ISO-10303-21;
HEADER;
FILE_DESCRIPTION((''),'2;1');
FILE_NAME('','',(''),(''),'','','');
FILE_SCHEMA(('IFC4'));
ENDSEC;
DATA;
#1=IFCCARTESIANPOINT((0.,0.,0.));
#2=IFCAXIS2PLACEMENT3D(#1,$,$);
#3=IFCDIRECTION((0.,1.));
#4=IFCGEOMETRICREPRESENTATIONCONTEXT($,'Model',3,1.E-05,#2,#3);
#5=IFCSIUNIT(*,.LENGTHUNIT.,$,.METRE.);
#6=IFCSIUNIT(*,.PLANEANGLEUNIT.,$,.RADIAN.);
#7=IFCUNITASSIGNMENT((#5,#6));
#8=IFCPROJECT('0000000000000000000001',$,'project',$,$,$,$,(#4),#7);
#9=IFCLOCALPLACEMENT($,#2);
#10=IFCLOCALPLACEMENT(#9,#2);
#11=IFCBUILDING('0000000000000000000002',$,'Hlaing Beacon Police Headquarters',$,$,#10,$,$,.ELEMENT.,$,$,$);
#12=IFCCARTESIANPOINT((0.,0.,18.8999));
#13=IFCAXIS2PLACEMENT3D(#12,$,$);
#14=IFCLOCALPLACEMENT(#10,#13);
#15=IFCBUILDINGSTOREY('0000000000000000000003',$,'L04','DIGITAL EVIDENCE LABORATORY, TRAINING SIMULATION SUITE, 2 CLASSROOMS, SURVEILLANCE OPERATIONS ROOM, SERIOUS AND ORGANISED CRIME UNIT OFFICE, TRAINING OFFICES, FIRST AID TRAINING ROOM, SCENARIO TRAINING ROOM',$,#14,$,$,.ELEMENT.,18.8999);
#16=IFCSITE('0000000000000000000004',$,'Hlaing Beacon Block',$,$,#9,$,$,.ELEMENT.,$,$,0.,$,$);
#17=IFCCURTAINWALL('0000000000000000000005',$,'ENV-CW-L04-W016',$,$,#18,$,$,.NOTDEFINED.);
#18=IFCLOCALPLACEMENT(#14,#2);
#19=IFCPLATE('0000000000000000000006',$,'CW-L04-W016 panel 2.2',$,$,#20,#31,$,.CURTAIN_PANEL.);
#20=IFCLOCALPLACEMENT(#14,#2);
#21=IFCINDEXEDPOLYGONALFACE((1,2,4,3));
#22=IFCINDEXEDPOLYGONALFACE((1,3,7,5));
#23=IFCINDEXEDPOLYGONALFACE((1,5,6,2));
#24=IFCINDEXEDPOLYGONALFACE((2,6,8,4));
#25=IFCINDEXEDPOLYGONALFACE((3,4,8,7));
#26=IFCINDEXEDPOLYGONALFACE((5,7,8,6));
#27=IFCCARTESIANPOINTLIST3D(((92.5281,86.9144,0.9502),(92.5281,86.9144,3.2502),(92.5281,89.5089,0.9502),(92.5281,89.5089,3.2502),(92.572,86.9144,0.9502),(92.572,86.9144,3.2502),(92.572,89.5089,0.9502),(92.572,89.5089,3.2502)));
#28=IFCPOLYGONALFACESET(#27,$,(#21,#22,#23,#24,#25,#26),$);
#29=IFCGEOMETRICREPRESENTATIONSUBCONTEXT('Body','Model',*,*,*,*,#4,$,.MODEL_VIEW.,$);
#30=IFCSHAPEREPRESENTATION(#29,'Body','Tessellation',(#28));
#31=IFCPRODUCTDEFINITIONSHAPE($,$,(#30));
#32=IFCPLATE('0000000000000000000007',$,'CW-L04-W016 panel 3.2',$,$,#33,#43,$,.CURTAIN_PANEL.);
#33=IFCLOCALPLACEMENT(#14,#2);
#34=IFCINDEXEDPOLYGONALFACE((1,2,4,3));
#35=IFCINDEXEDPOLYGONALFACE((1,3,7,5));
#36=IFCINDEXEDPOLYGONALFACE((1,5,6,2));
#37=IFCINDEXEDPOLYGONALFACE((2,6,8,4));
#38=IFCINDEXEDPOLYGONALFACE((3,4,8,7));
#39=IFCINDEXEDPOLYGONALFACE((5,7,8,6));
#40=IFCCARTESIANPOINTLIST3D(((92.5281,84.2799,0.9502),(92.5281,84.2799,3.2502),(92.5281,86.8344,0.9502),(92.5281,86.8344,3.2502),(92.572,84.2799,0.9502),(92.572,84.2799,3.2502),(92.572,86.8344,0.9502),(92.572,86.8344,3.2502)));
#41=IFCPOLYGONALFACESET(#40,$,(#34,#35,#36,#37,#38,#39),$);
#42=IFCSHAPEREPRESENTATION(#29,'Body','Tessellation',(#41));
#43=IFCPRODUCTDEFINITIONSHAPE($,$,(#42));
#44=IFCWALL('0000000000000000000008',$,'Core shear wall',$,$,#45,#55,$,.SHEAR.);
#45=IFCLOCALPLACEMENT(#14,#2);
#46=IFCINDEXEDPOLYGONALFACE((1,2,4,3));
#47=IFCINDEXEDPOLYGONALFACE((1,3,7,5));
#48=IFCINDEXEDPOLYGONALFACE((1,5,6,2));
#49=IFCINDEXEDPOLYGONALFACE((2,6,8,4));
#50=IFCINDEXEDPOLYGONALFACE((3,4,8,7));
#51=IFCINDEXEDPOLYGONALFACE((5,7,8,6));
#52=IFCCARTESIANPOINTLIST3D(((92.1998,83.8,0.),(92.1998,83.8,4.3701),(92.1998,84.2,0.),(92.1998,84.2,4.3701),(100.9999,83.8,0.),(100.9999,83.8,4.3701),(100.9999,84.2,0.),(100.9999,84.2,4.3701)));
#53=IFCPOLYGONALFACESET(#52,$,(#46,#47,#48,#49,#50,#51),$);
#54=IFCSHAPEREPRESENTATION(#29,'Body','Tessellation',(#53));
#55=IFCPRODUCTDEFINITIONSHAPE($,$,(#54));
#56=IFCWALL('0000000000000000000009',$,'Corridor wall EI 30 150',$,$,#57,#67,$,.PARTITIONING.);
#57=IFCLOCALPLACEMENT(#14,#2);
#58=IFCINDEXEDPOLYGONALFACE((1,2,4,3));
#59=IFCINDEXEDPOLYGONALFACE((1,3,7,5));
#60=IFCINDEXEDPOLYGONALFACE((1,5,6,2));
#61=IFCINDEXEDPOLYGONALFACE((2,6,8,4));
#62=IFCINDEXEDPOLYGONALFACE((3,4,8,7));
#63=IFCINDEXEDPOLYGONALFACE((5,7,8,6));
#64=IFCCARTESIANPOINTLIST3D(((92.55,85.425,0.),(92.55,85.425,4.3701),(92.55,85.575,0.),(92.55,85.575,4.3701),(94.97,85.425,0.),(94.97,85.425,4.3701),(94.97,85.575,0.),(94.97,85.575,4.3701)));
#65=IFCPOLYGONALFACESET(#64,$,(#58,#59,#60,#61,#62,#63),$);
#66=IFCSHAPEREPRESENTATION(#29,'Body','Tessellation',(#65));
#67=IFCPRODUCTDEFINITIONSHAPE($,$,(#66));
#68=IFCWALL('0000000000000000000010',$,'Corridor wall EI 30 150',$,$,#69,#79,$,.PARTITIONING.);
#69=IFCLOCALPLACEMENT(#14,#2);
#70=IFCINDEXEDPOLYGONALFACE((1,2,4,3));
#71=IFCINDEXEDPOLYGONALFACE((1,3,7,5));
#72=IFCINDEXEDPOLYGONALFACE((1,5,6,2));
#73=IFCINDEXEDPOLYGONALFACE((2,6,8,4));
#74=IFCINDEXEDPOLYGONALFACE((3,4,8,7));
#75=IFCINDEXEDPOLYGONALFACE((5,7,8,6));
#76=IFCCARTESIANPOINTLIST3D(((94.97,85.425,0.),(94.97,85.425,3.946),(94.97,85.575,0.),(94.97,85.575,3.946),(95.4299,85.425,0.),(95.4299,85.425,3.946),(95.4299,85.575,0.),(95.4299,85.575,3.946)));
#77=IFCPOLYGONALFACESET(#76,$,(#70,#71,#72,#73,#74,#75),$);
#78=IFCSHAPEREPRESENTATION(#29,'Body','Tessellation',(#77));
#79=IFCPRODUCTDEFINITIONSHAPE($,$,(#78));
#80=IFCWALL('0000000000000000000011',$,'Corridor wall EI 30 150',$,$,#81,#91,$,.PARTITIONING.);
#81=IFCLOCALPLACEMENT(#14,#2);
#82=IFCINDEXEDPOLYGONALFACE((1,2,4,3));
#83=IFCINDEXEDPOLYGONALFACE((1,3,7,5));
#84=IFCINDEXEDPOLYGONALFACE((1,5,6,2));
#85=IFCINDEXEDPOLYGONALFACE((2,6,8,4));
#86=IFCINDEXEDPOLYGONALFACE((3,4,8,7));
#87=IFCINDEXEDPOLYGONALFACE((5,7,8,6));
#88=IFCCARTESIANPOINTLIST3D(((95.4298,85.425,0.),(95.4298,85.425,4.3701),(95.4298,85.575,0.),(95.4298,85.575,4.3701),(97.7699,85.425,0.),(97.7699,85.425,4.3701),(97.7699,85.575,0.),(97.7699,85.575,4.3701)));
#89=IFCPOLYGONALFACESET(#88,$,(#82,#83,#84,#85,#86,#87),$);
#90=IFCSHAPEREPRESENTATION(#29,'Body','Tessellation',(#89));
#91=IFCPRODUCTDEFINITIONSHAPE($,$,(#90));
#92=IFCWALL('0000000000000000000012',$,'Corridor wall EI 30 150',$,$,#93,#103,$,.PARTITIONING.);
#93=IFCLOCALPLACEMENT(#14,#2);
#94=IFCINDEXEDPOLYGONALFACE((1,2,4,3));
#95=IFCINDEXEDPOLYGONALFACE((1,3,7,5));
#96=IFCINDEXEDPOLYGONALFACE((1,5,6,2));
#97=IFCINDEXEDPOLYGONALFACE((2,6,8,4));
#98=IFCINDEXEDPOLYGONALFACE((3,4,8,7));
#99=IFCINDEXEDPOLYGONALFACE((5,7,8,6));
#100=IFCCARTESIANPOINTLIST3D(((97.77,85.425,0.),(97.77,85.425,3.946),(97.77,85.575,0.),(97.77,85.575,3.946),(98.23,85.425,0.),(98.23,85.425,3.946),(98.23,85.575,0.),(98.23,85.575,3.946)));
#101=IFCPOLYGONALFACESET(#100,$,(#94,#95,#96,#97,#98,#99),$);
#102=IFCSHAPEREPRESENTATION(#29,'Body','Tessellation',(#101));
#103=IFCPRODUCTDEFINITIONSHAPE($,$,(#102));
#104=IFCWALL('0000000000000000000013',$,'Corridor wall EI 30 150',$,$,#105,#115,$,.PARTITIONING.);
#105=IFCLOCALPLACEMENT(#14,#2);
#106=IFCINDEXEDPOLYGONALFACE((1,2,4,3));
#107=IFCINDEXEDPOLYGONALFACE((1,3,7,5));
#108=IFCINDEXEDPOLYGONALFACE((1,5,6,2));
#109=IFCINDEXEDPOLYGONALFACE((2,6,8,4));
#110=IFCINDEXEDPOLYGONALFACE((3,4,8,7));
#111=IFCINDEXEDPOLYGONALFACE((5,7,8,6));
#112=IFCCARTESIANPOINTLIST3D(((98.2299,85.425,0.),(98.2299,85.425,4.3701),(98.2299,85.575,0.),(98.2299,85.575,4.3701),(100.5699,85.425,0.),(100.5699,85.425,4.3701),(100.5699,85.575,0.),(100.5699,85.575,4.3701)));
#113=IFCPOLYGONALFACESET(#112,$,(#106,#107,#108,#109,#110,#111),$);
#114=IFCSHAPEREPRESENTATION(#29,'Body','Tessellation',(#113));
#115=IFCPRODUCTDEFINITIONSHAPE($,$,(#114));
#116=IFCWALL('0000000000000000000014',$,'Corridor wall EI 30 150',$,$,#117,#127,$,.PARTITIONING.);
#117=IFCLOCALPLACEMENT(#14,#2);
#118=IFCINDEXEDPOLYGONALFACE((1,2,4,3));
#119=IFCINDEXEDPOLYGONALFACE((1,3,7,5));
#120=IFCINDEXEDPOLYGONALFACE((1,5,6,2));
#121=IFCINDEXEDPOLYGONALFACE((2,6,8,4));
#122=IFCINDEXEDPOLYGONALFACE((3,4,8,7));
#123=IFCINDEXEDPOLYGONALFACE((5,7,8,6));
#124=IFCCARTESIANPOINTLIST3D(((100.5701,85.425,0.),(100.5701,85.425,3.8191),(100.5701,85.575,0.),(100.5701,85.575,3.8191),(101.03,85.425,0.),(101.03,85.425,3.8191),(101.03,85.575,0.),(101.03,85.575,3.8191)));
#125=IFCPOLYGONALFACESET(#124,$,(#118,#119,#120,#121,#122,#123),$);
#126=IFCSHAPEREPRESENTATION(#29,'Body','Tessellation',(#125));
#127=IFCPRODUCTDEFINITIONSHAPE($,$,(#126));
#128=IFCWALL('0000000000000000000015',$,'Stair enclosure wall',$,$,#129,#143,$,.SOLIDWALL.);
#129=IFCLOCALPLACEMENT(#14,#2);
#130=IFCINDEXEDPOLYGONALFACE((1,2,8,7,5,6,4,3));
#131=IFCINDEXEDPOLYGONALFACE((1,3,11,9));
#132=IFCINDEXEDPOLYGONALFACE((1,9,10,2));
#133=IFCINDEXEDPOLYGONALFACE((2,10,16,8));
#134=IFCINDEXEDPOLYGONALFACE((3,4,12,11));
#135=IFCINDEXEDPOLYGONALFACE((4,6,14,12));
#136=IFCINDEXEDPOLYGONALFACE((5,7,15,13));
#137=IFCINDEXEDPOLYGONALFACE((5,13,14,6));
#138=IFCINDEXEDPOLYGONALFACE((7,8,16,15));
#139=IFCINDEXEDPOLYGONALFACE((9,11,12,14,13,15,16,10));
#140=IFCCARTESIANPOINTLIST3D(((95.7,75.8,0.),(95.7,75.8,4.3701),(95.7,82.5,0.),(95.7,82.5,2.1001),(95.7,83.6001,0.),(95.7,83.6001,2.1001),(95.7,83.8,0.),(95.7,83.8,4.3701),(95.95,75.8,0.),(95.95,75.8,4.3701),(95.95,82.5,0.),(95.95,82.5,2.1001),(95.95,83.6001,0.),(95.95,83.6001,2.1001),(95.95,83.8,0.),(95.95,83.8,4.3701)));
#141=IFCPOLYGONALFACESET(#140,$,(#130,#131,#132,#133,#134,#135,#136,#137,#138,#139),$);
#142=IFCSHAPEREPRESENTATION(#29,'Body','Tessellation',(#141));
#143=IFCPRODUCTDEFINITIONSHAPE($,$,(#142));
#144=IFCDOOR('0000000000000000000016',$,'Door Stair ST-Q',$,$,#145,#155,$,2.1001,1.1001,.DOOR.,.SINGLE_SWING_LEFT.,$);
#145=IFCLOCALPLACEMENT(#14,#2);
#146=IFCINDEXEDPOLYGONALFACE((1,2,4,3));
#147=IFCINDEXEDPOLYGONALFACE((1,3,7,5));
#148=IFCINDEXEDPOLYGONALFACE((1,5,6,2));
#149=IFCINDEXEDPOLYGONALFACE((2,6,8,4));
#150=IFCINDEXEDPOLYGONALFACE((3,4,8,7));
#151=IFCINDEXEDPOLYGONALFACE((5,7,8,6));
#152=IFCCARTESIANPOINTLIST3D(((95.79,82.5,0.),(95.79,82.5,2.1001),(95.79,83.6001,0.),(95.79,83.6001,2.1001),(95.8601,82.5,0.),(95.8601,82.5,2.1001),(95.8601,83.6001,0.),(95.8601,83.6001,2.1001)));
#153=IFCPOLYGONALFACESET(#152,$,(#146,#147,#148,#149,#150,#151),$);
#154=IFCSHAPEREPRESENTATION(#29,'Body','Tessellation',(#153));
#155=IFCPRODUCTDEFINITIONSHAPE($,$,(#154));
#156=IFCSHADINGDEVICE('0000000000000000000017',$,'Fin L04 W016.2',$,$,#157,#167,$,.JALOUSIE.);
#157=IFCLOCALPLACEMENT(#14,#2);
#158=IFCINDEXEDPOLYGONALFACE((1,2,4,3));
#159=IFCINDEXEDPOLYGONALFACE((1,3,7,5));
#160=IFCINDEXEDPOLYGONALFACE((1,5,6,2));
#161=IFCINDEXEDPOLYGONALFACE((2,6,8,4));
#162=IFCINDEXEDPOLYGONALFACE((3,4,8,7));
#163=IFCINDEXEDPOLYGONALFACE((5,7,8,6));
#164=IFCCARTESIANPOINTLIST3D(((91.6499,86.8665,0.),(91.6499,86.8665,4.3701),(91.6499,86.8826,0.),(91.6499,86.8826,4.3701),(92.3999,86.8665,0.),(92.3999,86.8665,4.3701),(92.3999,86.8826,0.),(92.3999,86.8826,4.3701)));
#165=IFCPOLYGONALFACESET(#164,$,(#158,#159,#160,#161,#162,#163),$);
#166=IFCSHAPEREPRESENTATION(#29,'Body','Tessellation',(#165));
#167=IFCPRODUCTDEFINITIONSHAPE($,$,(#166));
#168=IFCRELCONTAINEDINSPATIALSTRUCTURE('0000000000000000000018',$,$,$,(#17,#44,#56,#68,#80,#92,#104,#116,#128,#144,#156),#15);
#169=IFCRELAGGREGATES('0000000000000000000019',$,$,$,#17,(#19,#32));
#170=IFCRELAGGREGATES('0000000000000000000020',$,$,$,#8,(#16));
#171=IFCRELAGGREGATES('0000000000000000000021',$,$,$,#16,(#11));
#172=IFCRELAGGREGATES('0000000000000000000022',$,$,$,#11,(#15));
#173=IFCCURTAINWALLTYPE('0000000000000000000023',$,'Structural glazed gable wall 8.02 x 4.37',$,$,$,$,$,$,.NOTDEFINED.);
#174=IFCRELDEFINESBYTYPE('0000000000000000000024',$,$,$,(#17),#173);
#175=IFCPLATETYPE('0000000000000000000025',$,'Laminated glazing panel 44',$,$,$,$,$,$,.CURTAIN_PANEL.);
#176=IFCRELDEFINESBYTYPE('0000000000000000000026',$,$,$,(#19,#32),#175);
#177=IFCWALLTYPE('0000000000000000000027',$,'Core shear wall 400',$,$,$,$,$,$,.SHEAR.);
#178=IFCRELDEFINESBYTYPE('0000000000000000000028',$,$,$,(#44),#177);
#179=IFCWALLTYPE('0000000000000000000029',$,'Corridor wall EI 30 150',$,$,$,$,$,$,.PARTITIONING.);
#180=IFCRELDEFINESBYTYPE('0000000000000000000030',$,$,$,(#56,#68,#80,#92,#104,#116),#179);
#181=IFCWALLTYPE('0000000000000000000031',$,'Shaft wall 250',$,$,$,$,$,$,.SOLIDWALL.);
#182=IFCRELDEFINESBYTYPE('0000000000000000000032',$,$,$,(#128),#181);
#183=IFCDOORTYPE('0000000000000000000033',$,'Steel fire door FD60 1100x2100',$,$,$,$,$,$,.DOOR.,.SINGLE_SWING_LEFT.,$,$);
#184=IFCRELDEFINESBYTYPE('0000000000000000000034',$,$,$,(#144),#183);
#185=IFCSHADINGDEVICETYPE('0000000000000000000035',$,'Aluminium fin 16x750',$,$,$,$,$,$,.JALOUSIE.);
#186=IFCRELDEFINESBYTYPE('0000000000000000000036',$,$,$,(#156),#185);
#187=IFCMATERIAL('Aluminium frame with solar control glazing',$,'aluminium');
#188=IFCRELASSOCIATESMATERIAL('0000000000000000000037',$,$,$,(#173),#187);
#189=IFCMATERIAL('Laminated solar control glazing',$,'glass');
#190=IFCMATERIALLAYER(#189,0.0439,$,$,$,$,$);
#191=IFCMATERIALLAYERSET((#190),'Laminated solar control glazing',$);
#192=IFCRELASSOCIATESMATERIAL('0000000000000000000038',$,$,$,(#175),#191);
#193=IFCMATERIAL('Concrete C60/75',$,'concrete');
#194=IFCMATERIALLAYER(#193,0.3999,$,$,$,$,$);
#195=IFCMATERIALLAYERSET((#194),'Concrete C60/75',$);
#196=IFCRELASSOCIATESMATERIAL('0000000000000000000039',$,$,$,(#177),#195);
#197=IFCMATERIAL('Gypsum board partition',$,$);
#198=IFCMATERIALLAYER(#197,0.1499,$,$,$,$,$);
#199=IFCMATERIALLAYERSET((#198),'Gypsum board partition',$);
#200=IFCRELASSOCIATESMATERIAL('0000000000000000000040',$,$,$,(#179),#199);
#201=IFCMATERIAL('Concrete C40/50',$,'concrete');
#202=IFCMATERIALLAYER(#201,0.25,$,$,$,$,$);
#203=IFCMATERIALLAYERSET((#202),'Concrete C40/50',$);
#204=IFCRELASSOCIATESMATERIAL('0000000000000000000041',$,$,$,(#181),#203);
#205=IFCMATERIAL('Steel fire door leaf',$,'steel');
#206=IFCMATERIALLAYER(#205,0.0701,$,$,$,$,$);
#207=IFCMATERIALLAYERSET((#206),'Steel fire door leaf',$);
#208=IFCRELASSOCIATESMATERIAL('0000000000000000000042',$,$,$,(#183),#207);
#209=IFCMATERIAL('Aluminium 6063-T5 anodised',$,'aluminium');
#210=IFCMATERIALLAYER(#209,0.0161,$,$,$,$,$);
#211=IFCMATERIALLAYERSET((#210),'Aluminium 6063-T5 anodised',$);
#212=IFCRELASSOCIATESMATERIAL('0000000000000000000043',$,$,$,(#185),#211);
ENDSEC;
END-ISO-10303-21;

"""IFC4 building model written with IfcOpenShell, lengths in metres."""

from ifc_helpers import new_model, si_unit, direction, frame, frame_2d, origin, origin_2d, place, context, subcontext, project, spatial, rectangle, extrude, material, layer, layer_set, type_object, element, fill, aggregate, save


model = new_model("IFC4")

# Units and contexts
model_context = context("Model", 3, precision=1e-05, world=origin(), true_north=direction((0.0, 1.0)))
body_context = subcontext(model_context, "Body", "Model", "MODEL_VIEW")
ifc_project = project(units=[si_unit("LENGTHUNIT", "METRE"), si_unit("PLANEANGLEUNIT", "RADIAN")], contexts=[model_context])

# Site, building, storey
site_placement = place(None, origin())
site = spatial("IfcSite", under=ifc_project, at=site_placement, Name="Hlaing Beacon Block", CompositionType="ELEMENT", RefElevation=0.0)
building_placement = place(site_placement, origin())
building = spatial("IfcBuilding", under=site, at=building_placement, Name="Hlaing Beacon Police Headquarters", CompositionType="ELEMENT")
storey_placement = place(building_placement, frame((0.0, 0.0, 18.8999)))
storey = spatial("IfcBuildingStorey", under=building, at=storey_placement, Name="L04", Description="DIGITAL EVIDENCE LABORATORY, TRAINING SIMULATION SUITE, 2 CLASSROOMS, SURVEILLANCE OPERATIONS ROOM, SERIOUS AND ORGANISED CRIME UNIT OFFICE, TRAINING OFFICES, FIRST AID TRAINING ROOM, SCENARIO TRAINING ROOM", CompositionType="ELEMENT", Elevation=18.8999)

# Curtain wall
ifc_material_1 = material(Name="Aluminium frame with solar control glazing", Category="aluminium")
curtain_wall_type = type_object("IfcCurtainWallType", Name="Structural glazed gable wall 8.02 x 4.37", PredefinedType="NOTDEFINED", material=ifc_material_1)
curtain_wall_placement = place(storey_placement, origin())
curtain_wall = element("IfcCurtainWall", 1, at=curtain_wall_placement, inside=storey, type_object=curtain_wall_type, Name="ENV-CW-L04-W016", PredefinedType="NOTDEFINED")

# Plates
ifc_material_2 = material(Name="Laminated solar control glazing", Category="glass")
ifc_layer_1 = layer(ifc_material_2, 0.0439)
ifc_layer_set_1 = layer_set([ifc_layer_1], Name="Laminated solar control glazing")
plate_type_1 = type_object("IfcPlateType", Name="Laminated glazing panel 44", PredefinedType="CURTAIN_PANEL", material=ifc_layer_set_1)
plate_1_placement = place(storey_placement, frame((92.55, 88.2117, 0.9502), z_axis=(0.0, 0.0, 1.0), x_axis=(0.0, -1.0, 0.0)))
plate_1 = element("IfcPlate", 2, at=plate_1_placement, type_object=plate_type_1, Name="CW-L04-W016 panel 2.2", PredefinedType="CURTAIN_PANEL", context=body_context, shape_type="SweptSolid", body=[
    extrude(rectangle(XDim=2.5945, YDim=0.0439, at=origin_2d()), origin(), (0.0, 0.0, 1.0), 2.3),
])
plate_2_placement = place(storey_placement, frame((92.55, 85.5571, 0.9502), z_axis=(0.0, 0.0, 1.0), x_axis=(0.0, -1.0, 0.0)))
plate_2 = element("IfcPlate", 3, at=plate_2_placement, type_object=plate_type_1, Name="CW-L04-W016 panel 3.2", PredefinedType="CURTAIN_PANEL", context=body_context, shape_type="SweptSolid", body=[
    extrude(rectangle(XDim=2.5544, YDim=0.0439, at=origin_2d()), origin(), (0.0, 0.0, 1.0), 2.3),
])
aggregate(curtain_wall, [plate_1, plate_2])

# Walls
ifc_material_3 = material(Name="Concrete C60/75", Category="concrete")
ifc_layer_2 = layer(ifc_material_3, 0.3999)
ifc_layer_set_2 = layer_set([ifc_layer_2], Name="Concrete C60/75")
wall_type_1 = type_object("IfcWallType", Name="Core shear wall 400", PredefinedType="SHEAR", material=ifc_layer_set_2)
wall_1_placement = place(storey_placement, frame((92.2, 84.0, 0.0), z_axis=(0.0, 0.0, 1.0), x_axis=(1.0, 0.0, 0.0)))
element("IfcWall", 4, at=wall_1_placement, inside=storey, type_object=wall_type_1, Name="Core shear wall", PredefinedType="SHEAR", context=body_context, shape_type="SweptSolid", body=[
    extrude(rectangle(XDim=8.8, YDim=0.3999, at=frame_2d((4.3999, 0.0))), origin(), (0.0, 0.0, 1.0), 4.3701),
])
ifc_material_4 = material(Name="Gypsum board partition")
ifc_layer_3 = layer(ifc_material_4, 0.1499)
ifc_layer_set_3 = layer_set([ifc_layer_3], Name="Gypsum board partition")
wall_type_2 = type_object("IfcWallType", Name="Corridor wall EI 30 150", PredefinedType="PARTITIONING", material=ifc_layer_set_3)
wall_2_placement = place(storey_placement, frame((92.55, 85.5, 0.0), z_axis=(0.0, 0.0, 1.0), x_axis=(1.0, 0.0, 0.0)))
element("IfcWall", 5, at=wall_2_placement, inside=storey, type_object=wall_type_2, Name="Corridor wall EI 30 150", PredefinedType="PARTITIONING", context=body_context, shape_type="SweptSolid", body=[
    extrude(rectangle(XDim=2.4199, YDim=0.1499, at=frame_2d((1.21, 0.0))), origin(), (0.0, 0.0, 1.0), 4.3701),
])
wall_3_placement = place(storey_placement, frame((94.97, 85.5, 0.0), z_axis=(0.0, 0.0, 1.0), x_axis=(1.0, 0.0, 0.0)))
element("IfcWall", 6, at=wall_3_placement, inside=storey, type_object=wall_type_2, Name="Corridor wall EI 30 150", PredefinedType="PARTITIONING", context=body_context, shape_type="SweptSolid", body=[
    extrude(rectangle(XDim=0.46, YDim=0.1499, at=frame_2d((0.23, 0.0))), origin(), (0.0, 0.0, 1.0), 3.946),
])
wall_4_placement = place(storey_placement, frame((95.4299, 85.5, 0.0), z_axis=(0.0, 0.0, 1.0), x_axis=(1.0, 0.0, 0.0)))
element("IfcWall", 7, at=wall_4_placement, inside=storey, type_object=wall_type_2, Name="Corridor wall EI 30 150", PredefinedType="PARTITIONING", context=body_context, shape_type="SweptSolid", body=[
    extrude(rectangle(XDim=2.3401, YDim=0.1499, at=frame_2d((1.1699, 0.0))), origin(), (0.0, 0.0, 1.0), 4.3701),
])
wall_5_placement = place(storey_placement, frame((97.77, 85.5, 0.0), z_axis=(0.0, 0.0, 1.0), x_axis=(1.0, 0.0, 0.0)))
element("IfcWall", 8, at=wall_5_placement, inside=storey, type_object=wall_type_2, Name="Corridor wall EI 30 150", PredefinedType="PARTITIONING", context=body_context, shape_type="SweptSolid", body=[
    extrude(rectangle(XDim=0.46, YDim=0.1499, at=frame_2d((0.23, 0.0))), origin(), (0.0, 0.0, 1.0), 3.946),
])
wall_6_placement = place(storey_placement, frame((98.23, 85.5, 0.0), z_axis=(0.0, 0.0, 1.0), x_axis=(1.0, 0.0, 0.0)))
element("IfcWall", 9, at=wall_6_placement, inside=storey, type_object=wall_type_2, Name="Corridor wall EI 30 150", PredefinedType="PARTITIONING", context=body_context, shape_type="SweptSolid", body=[
    extrude(rectangle(XDim=2.3401, YDim=0.1499, at=frame_2d((1.1699, 0.0))), origin(), (0.0, 0.0, 1.0), 4.3701),
])
wall_7_placement = place(storey_placement, frame((100.5701, 85.5, 0.0), z_axis=(0.0, 0.0, 1.0), x_axis=(1.0, 0.0, 0.0)))
element("IfcWall", 10, at=wall_7_placement, inside=storey, type_object=wall_type_2, Name="Corridor wall EI 30 150", PredefinedType="PARTITIONING", context=body_context, shape_type="SweptSolid", body=[
    extrude(rectangle(XDim=0.46, YDim=0.1499, at=frame_2d((0.23, 0.0))), origin(), (0.0, 0.0, 1.0), 3.8191),
])

# Wall, opening, door
ifc_material_5 = material(Name="Concrete C40/50", Category="concrete")
ifc_layer_4 = layer(ifc_material_5, 0.25)
ifc_layer_set_4 = layer_set([ifc_layer_4], Name="Concrete C40/50")
wall_type_3 = type_object("IfcWallType", Name="Shaft wall 250", PredefinedType="SOLIDWALL", material=ifc_layer_set_4)
wall_8_placement = place(storey_placement, frame((95.825, 83.8, 0.0), z_axis=(0.0, 0.0, 1.0), x_axis=(0.0, -1.0, 0.0)))
wall_8 = element("IfcWall", 11, at=wall_8_placement, inside=storey, type_object=wall_type_3, Name="Stair enclosure wall", PredefinedType="SOLIDWALL", context=body_context, shape_type="SweptSolid", body=[
    extrude(rectangle(XDim=8.0, YDim=0.25, at=frame_2d((4.0, 0.0))), origin(), (0.0, 0.0, 1.0), 4.3701),
])
opening_placement = place(wall_8_placement, frame((0.2, 0.0, 0.0)))
opening = element("IfcOpeningElement", 12, at=opening_placement, cuts=wall_8, PredefinedType="OPENING", context=body_context, shape_type="SweptSolid", body=[
    extrude(rectangle(XDim=1.1001, YDim=2.1001, at=frame_2d((0.55, 1.05))), frame((0.0, 0.135, 0.0), z_axis=(0.0, -1.0, 0.0), x_axis=(1.0, 0.0, 0.0)), (0.0, 0.0, 1.0), 0.27),
])
ifc_material_6 = material(Name="Steel fire door leaf", Category="steel")
ifc_layer_5 = layer(ifc_material_6, 0.0701)
ifc_layer_set_5 = layer_set([ifc_layer_5], Name="Steel fire door leaf")
door_type = type_object("IfcDoorType", Name="Steel fire door FD60 1100x2100", OperationType="SINGLE_SWING_LEFT", PredefinedType="DOOR", material=ifc_layer_set_5)
door_placement = place(opening_placement, frame((1.1001, 0.0, 0.0), z_axis=(0.0, 0.0, 1.0), x_axis=(-1.0, 0.0, 0.0)))
door = element("IfcDoor", 13, at=door_placement, inside=storey, type_object=door_type, Name="Door Stair ST-Q", OperationType="SINGLE_SWING_LEFT", OverallHeight=2.1001, OverallWidth=1.1001, PredefinedType="DOOR", context=body_context, shape_type="SweptSolid", body=[
    extrude(rectangle(XDim=1.1001, YDim=2.1001, at=frame_2d((0.55, 1.05))), frame((0.0, 0.0349, 0.0), z_axis=(0.0, -1.0, 0.0), x_axis=(1.0, 0.0, 0.0)), (0.0, 0.0, 1.0), 0.0701),
])
fill(opening, door)

# Shading device
ifc_material_7 = material(Name="Aluminium 6063-T5 anodised", Category="aluminium")
ifc_layer_6 = layer(ifc_material_7, 0.0161)
ifc_layer_set_6 = layer_set([ifc_layer_6], Name="Aluminium 6063-T5 anodised")
shading_device_type = type_object("IfcShadingDeviceType", Name="Aluminium fin 16x750", PredefinedType="JALOUSIE", material=ifc_layer_set_6)
shading_device_placement = place(storey_placement, frame((92.0249, 86.8745, 0.0), z_axis=(0.0, 0.0, 1.0), x_axis=(0.0, -1.0, 0.0)))
element("IfcShadingDevice", 14, at=shading_device_placement, inside=storey, type_object=shading_device_type, Name="Fin L04 W016.2", PredefinedType="JALOUSIE", context=body_context, shape_type="SweptSolid", body=[
    extrude(rectangle(XDim=0.0161, YDim=0.75, at=origin_2d()), origin(), (0.0, 0.0, 1.0), 4.3701),
])

save(model, "model.ifc")
